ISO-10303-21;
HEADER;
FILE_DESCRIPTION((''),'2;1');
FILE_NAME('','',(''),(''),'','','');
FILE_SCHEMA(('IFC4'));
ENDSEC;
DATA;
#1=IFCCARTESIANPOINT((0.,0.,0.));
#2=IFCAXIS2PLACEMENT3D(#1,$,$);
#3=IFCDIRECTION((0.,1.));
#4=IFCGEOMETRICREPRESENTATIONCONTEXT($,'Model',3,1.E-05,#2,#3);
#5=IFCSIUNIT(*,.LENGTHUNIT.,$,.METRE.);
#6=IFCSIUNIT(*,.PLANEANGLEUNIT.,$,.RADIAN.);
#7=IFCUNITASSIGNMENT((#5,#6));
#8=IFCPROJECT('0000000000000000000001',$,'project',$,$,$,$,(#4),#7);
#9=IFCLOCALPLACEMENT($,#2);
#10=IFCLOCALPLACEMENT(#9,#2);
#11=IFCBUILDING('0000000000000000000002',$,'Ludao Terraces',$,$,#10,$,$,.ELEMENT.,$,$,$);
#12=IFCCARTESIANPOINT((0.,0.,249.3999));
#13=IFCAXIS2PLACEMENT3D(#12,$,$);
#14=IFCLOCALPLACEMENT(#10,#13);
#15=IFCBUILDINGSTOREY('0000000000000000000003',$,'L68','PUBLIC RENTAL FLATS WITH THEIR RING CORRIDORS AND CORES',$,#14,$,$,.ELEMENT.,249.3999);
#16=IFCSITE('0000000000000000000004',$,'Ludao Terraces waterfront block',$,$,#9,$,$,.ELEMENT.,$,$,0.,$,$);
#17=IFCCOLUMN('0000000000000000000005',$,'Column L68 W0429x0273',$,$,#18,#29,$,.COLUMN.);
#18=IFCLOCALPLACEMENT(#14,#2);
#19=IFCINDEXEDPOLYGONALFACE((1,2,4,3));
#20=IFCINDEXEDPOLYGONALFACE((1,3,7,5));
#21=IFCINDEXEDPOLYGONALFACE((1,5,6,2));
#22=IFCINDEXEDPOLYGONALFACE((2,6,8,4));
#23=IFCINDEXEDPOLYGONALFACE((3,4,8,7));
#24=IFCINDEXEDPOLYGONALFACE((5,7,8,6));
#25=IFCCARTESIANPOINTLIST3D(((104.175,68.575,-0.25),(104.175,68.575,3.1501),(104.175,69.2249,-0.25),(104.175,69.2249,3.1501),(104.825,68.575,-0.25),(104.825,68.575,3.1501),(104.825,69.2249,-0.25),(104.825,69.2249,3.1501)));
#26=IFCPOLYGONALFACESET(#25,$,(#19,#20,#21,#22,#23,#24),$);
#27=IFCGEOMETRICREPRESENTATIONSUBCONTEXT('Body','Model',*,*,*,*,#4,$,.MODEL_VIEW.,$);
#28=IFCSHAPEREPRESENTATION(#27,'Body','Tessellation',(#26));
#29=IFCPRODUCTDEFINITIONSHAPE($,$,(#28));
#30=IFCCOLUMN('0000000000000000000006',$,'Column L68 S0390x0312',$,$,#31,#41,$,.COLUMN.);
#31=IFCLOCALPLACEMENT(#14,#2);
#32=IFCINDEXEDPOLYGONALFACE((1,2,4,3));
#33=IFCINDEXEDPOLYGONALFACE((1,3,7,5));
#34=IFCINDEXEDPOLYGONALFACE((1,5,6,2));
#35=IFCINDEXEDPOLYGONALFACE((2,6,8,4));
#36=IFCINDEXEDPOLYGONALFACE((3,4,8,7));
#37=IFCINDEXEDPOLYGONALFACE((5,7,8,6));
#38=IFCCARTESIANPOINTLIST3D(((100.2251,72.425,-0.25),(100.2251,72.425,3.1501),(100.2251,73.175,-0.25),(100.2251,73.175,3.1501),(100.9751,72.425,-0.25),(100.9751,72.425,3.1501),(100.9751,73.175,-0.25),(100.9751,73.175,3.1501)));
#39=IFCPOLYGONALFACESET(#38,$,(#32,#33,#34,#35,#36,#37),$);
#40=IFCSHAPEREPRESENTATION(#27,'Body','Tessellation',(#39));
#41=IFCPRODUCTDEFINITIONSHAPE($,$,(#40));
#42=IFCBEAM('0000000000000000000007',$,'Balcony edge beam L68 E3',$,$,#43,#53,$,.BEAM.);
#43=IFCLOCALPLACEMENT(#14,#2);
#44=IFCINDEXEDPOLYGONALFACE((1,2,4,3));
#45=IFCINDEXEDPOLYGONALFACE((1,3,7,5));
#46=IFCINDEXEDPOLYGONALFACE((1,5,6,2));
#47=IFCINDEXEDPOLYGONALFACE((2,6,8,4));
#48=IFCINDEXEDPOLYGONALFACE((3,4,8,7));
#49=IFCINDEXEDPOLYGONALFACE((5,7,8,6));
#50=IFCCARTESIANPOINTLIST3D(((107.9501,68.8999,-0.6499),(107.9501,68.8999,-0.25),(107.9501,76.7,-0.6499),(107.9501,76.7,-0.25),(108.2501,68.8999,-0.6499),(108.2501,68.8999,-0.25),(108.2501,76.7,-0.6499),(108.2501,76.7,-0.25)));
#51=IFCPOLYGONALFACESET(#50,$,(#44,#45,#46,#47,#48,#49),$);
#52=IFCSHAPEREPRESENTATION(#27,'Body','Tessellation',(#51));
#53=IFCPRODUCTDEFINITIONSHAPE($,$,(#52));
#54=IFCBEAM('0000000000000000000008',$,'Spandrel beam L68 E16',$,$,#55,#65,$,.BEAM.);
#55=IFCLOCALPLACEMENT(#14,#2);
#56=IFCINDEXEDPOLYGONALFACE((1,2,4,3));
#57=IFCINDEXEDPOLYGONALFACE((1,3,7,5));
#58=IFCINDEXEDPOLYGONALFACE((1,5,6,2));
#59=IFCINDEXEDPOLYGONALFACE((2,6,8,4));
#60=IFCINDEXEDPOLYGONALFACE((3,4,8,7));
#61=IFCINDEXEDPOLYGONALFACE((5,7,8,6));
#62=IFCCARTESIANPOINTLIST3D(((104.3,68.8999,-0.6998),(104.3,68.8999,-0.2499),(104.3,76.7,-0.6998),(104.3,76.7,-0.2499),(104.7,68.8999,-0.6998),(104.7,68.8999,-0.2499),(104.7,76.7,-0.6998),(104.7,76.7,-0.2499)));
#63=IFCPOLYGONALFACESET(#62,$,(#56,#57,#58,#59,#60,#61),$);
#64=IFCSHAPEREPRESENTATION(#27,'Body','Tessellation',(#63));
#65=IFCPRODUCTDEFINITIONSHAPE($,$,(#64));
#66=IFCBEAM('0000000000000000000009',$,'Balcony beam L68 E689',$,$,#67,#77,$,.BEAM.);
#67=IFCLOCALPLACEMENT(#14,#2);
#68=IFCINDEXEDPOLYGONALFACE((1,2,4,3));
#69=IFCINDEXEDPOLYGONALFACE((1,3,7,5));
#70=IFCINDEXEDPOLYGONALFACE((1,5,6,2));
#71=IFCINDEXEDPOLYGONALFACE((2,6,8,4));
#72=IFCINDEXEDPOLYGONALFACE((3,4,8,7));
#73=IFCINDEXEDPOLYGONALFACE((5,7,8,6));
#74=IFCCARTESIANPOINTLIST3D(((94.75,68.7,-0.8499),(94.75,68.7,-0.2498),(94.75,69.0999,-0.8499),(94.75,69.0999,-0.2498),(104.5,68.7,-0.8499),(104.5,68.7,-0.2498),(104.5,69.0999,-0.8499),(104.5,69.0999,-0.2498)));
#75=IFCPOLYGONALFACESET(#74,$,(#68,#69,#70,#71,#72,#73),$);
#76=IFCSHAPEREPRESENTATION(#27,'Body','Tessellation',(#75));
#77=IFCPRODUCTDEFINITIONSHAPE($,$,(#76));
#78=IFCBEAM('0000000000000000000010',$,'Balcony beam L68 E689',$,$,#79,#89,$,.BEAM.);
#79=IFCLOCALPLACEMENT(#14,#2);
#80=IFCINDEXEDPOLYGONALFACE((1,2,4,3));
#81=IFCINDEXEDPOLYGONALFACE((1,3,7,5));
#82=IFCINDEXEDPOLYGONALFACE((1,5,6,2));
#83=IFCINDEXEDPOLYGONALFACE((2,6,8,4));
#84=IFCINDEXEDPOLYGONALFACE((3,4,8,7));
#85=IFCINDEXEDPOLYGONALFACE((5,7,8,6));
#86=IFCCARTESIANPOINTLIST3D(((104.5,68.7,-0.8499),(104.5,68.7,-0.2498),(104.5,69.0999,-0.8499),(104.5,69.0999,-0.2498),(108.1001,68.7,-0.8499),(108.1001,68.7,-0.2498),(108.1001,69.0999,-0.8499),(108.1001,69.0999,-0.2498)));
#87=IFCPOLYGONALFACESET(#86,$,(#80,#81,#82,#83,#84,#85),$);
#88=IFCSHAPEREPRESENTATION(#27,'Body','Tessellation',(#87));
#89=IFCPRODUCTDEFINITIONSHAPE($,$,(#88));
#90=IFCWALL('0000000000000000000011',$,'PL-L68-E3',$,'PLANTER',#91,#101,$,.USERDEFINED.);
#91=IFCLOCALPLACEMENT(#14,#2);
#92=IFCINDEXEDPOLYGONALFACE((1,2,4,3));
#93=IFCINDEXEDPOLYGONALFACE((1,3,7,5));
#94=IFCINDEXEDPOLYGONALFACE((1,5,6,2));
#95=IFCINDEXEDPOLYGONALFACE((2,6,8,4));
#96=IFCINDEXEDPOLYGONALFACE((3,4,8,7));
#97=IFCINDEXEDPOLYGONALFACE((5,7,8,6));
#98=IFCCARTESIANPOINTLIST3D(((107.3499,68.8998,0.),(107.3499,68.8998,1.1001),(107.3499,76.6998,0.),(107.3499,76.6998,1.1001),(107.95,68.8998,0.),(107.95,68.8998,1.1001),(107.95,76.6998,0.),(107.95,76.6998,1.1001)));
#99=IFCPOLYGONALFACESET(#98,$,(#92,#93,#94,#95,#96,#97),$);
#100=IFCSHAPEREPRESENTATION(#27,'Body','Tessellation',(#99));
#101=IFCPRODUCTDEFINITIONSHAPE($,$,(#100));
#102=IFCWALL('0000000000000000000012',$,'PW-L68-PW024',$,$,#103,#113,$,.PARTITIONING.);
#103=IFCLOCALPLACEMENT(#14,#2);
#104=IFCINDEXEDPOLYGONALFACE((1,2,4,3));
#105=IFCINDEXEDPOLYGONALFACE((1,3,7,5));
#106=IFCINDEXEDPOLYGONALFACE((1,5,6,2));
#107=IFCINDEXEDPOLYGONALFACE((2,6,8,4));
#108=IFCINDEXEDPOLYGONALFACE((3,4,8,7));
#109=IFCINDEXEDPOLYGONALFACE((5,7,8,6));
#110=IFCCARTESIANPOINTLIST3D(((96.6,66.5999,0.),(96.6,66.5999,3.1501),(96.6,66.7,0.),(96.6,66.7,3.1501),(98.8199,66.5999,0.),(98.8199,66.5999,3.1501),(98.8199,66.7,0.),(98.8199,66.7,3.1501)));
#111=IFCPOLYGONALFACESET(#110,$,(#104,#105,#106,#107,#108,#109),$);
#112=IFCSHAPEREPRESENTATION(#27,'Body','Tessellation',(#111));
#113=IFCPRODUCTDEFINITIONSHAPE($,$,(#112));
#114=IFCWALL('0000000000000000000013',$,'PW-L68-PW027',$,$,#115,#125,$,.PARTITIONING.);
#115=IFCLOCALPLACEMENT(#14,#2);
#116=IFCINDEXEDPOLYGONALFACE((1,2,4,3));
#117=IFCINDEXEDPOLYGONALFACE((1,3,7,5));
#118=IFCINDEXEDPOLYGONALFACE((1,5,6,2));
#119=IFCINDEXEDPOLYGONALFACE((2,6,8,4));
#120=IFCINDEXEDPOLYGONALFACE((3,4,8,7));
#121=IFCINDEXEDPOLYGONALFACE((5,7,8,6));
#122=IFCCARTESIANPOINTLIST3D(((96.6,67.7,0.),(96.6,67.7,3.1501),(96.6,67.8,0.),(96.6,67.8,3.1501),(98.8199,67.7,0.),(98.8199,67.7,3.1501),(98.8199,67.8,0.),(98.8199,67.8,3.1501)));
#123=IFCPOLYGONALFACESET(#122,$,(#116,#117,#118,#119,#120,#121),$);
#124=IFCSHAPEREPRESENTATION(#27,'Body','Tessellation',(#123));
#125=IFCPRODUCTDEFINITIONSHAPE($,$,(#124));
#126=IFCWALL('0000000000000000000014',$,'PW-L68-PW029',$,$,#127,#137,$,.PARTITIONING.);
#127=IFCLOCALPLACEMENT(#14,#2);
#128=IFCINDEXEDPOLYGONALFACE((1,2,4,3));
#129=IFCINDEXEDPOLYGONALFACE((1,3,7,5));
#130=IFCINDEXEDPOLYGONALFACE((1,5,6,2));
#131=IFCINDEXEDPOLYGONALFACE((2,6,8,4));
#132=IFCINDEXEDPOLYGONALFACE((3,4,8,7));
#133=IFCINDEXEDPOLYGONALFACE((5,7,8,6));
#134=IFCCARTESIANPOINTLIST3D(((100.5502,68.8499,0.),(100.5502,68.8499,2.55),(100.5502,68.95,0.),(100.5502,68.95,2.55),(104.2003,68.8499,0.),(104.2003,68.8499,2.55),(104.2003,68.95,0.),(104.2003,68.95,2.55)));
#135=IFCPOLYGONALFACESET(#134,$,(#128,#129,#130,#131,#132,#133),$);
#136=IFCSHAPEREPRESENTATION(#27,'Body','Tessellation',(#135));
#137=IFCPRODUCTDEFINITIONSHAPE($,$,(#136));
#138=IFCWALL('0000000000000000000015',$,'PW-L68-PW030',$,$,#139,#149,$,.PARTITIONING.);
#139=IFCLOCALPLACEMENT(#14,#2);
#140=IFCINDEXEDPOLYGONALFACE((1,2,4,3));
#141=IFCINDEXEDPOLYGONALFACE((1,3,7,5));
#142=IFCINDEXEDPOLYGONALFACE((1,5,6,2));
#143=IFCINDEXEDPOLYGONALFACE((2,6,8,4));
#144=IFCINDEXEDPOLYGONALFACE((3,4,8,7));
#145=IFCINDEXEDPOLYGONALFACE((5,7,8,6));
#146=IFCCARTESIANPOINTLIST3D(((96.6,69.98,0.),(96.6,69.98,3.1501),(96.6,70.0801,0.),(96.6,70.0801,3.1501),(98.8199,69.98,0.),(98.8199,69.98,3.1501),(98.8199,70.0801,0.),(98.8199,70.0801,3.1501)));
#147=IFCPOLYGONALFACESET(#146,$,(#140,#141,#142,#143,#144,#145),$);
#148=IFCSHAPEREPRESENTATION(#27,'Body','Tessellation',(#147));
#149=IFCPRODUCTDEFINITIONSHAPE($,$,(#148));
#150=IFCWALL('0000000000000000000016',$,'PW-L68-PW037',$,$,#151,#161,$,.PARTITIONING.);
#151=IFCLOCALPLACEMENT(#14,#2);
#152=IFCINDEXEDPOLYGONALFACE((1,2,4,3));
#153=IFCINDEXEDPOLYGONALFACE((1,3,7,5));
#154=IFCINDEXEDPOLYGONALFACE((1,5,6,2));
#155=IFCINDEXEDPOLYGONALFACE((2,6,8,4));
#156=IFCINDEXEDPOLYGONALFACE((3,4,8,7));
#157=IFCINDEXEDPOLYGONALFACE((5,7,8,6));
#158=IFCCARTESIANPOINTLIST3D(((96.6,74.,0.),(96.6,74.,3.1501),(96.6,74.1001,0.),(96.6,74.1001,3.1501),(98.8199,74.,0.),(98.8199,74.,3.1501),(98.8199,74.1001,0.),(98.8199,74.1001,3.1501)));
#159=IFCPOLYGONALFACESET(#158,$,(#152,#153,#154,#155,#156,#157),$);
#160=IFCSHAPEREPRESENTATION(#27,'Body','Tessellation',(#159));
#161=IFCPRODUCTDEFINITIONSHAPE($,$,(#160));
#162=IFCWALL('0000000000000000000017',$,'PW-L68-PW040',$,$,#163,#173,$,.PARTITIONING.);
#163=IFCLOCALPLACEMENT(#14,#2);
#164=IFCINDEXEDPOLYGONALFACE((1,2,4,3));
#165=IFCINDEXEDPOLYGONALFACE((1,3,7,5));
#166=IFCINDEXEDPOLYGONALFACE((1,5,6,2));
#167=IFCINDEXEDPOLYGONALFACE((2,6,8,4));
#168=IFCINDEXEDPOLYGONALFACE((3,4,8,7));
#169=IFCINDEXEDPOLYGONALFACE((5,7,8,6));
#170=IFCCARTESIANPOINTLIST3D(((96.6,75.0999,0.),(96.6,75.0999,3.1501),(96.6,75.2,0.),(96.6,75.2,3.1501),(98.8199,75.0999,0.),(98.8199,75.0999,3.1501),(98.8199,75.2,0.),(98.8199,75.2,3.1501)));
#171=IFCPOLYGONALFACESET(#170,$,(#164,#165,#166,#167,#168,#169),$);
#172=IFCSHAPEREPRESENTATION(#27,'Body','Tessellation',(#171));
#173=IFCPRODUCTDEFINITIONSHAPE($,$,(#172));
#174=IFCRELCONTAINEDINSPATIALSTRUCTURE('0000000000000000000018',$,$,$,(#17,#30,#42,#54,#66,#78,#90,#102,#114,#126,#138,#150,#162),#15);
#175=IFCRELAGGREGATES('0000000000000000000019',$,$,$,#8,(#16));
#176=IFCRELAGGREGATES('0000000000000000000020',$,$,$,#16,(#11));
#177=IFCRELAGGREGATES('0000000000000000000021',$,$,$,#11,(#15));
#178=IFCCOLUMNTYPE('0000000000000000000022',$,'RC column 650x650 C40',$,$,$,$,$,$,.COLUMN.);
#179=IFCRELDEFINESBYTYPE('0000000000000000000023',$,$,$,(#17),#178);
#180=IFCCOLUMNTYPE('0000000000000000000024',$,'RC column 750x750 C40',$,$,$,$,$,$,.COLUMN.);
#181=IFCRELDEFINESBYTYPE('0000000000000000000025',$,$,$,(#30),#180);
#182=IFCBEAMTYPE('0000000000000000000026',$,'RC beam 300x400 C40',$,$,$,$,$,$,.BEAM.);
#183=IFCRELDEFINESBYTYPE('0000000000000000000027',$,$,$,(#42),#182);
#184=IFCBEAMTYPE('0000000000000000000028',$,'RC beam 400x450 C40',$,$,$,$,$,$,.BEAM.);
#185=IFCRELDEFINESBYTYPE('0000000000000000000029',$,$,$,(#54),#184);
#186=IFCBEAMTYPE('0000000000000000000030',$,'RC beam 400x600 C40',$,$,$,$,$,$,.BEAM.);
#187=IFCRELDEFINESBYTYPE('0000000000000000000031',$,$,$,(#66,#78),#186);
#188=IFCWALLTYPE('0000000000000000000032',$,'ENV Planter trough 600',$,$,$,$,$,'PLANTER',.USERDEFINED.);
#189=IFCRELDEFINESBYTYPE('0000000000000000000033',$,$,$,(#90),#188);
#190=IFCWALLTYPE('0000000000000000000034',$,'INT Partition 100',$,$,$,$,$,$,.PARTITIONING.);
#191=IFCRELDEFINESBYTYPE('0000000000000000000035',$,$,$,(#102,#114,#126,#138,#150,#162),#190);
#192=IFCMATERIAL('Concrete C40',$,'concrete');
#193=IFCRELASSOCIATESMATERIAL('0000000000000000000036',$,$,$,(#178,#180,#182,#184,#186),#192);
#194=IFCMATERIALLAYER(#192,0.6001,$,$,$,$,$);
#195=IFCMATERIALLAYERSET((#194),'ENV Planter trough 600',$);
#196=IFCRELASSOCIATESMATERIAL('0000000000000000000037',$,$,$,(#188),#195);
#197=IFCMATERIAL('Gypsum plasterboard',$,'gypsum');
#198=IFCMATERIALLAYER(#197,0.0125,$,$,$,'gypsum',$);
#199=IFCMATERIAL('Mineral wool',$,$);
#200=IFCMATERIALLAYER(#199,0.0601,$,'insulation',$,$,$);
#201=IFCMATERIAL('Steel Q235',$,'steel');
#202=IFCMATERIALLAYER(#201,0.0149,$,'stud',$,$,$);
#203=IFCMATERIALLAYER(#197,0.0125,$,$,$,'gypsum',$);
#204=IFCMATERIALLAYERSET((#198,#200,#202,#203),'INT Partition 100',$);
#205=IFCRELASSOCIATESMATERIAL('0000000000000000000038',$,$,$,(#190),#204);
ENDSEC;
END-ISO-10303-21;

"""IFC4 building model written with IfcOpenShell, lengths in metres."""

from ifc_helpers import new_model, si_unit, direction, frame, frame_2d, origin, origin_2d, place, context, subcontext, project, spatial, rectangle, extrude, material, layer, layer_set, material_profile, profile_set, type_object, element, save


model = new_model("IFC4")

# Units and contexts
model_context = context("Model", 3, precision=1e-05, world=origin(), true_north=direction((0.0, 1.0)))
body_context = subcontext(model_context, "Body", "Model", "MODEL_VIEW")
ifc_project = project(units=[si_unit("LENGTHUNIT", "METRE"), si_unit("PLANEANGLEUNIT", "RADIAN")], contexts=[model_context])

# Site, building, storey
site_placement = place(None, origin())
site = spatial("IfcSite", under=ifc_project, at=site_placement, Name="Ludao Terraces waterfront block", CompositionType="ELEMENT", RefElevation=0.0)
building_placement = place(site_placement, origin())
building = spatial("IfcBuilding", under=site, at=building_placement, Name="Ludao Terraces", CompositionType="ELEMENT")
storey_placement = place(building_placement, frame((0.0, 0.0, 249.3999)))
storey = spatial("IfcBuildingStorey", under=building, at=storey_placement, Name="L68", Description="PUBLIC RENTAL FLATS WITH THEIR RING CORRIDORS AND CORES", CompositionType="ELEMENT", Elevation=249.3999)

# Columns
ifc_material_1 = material(Name="Concrete C40", Category="concrete")
ifc_material_profile_1 = material_profile(ifc_material_1, rectangle(XDim=0.6499, YDim=0.6499, at=origin_2d()), Name="650 X 650")
ifc_profile_set_1 = profile_set([ifc_material_profile_1], Name="Concrete C40")
column_type_1 = type_object("IfcColumnType", Name="RC column 650x650 C40", PredefinedType="COLUMN", material=ifc_profile_set_1)
column_1_placement = place(storey_placement, frame((104.5, 68.8999, -0.25), z_axis=(0.0, 0.0, 1.0), x_axis=(1.0, 0.0, 0.0)))
element("IfcColumn", 1, at=column_1_placement, inside=storey, type_object=column_type_1, Name="Column L68 W0429x0273", PredefinedType="COLUMN", context=body_context, shape_type="SweptSolid", body=[
    extrude(rectangle(XDim=0.6499, YDim=0.6499, at=origin_2d()), origin(), (0.0, 0.0, 1.0), 3.4001),
])
ifc_material_profile_2 = material_profile(ifc_material_1, rectangle(XDim=0.75, YDim=0.75, at=origin_2d()), Name="750 X 750")
ifc_profile_set_2 = profile_set([ifc_material_profile_2], Name="Concrete C40")
column_type_2 = type_object("IfcColumnType", Name="RC column 750x750 C40", PredefinedType="COLUMN", material=ifc_profile_set_2)
column_2_placement = place(storey_placement, frame((100.6001, 72.8, -0.25), z_axis=(0.0, 0.0, 1.0), x_axis=(1.0, 0.0, 0.0)))
element("IfcColumn", 2, at=column_2_placement, inside=storey, type_object=column_type_2, Name="Column L68 S0390x0312", PredefinedType="COLUMN", context=body_context, shape_type="SweptSolid", body=[
    extrude(rectangle(XDim=0.75, YDim=0.75, at=origin_2d()), origin(), (0.0, 0.0, 1.0), 3.4001),
])

# Beams
ifc_material_profile_3 = material_profile(ifc_material_1, rectangle(XDim=0.3, YDim=0.3999, at=origin_2d()), Name="300 X 400")
ifc_profile_set_3 = profile_set([ifc_material_profile_3], Name="Concrete C40")
beam_type_1 = type_object("IfcBeamType", Name="RC beam 300x400 C40", PredefinedType="BEAM", material=ifc_profile_set_3)
beam_1_placement = place(storey_placement, frame((108.1001, 68.8999, -0.45), z_axis=(0.0, 1.0, 0.0), x_axis=(-1.0, 0.0, 0.0)))
element("IfcBeam", 3, at=beam_1_placement, inside=storey, type_object=beam_type_1, Name="Balcony edge beam L68 E3", PredefinedType="BEAM", context=body_context, shape_type="SweptSolid", body=[
    extrude(rectangle(XDim=0.3, YDim=0.3999, at=origin_2d()), origin(), (0.0, 0.0, 1.0), 7.8),
])
ifc_material_profile_4 = material_profile(ifc_material_1, rectangle(XDim=0.3999, YDim=0.45, at=origin_2d()), Name="400 X 450")
ifc_profile_set_4 = profile_set([ifc_material_profile_4], Name="Concrete C40")
beam_type_2 = type_object("IfcBeamType", Name="RC beam 400x450 C40", PredefinedType="BEAM", material=ifc_profile_set_4)
beam_2_placement = place(storey_placement, frame((104.5, 68.8999, -0.4749), z_axis=(0.0, 1.0, 0.0), x_axis=(-1.0, 0.0, 0.0)))
element("IfcBeam", 4, at=beam_2_placement, inside=storey, type_object=beam_type_2, Name="Spandrel beam L68 E16", PredefinedType="BEAM", context=body_context, shape_type="SweptSolid", body=[
    extrude(rectangle(XDim=0.3999, YDim=0.45, at=origin_2d()), origin(), (0.0, 0.0, 1.0), 7.8),
])
ifc_material_profile_5 = material_profile(ifc_material_1, rectangle(XDim=0.3999, YDim=0.6001, at=origin_2d()), Name="400 X 600")
ifc_profile_set_5 = profile_set([ifc_material_profile_5], Name="Concrete C40")
beam_type_3 = type_object("IfcBeamType", Name="RC beam 400x600 C40", PredefinedType="BEAM", material=ifc_profile_set_5)
beam_3_placement = place(storey_placement, frame((94.75, 68.8999, -0.5498), z_axis=(1.0, 0.0, 0.0), x_axis=(0.0, 1.0, 0.0)))
element("IfcBeam", 5, at=beam_3_placement, inside=storey, type_object=beam_type_3, Name="Balcony beam L68 E689", PredefinedType="BEAM", context=body_context, shape_type="SweptSolid", body=[
    extrude(rectangle(XDim=0.3999, YDim=0.6001, at=origin_2d()), origin(), (0.0, 0.0, 1.0), 9.75),
])
beam_4_placement = place(storey_placement, frame((104.5, 68.8999, -0.5498), z_axis=(1.0, 0.0, 0.0), x_axis=(0.0, 1.0, 0.0)))
element("IfcBeam", 6, at=beam_4_placement, inside=storey, type_object=beam_type_3, Name="Balcony beam L68 E689", PredefinedType="BEAM", context=body_context, shape_type="SweptSolid", body=[
    extrude(rectangle(XDim=0.3999, YDim=0.6001, at=origin_2d()), origin(), (0.0, 0.0, 1.0), 3.6001),
])

# Wall
ifc_layer_1 = layer(ifc_material_1, 0.6001)
ifc_layer_set_1 = layer_set([ifc_layer_1], Name="ENV Planter trough 600")
wall_type_1 = type_object("IfcWallType", Name="ENV Planter trough 600", ElementType="PLANTER", PredefinedType="USERDEFINED", material=ifc_layer_set_1)
wall_1_placement = place(storey_placement, frame((107.6499, 68.8999, 0.0), z_axis=(0.0, 0.0, 1.0), x_axis=(0.0, 1.0, 0.0)))
element("IfcWall", 7, at=wall_1_placement, inside=storey, type_object=wall_type_1, Name="PL-L68-E3", ObjectType="PLANTER", PredefinedType="USERDEFINED", context=body_context, shape_type="SweptSolid", body=[
    extrude(rectangle(XDim=7.8, YDim=0.6001, at=frame_2d((3.8999, 0.0))), origin(), (0.0, 0.0, 1.0), 1.1001),
])

# Shared definitions
ifc_material_2 = material(Name="Mineral wool")

# Walls
ifc_material_3 = material(Name="Gypsum plasterboard", Category="gypsum")
ifc_layer_2 = layer(ifc_material_3, 0.0125, Category="gypsum")
ifc_layer_3 = layer(ifc_material_2, 0.0601, Name="insulation")
ifc_material_4 = material(Name="Steel Q235", Category="steel")
ifc_layer_4 = layer(ifc_material_4, 0.0149, Name="stud")
ifc_layer_5 = layer(ifc_material_3, 0.0125, Category="gypsum")
ifc_layer_set_2 = layer_set([ifc_layer_2, ifc_layer_3, ifc_layer_4, ifc_layer_5], Name="INT Partition 100")
wall_type_2 = type_object("IfcWallType", Name="INT Partition 100", PredefinedType="PARTITIONING", material=ifc_layer_set_2)
for number, where, z_axis, x_axis, name in (
    (8, (96.6001, 66.6499, 0.0), (0.0, 0.0, 1.0), (1.0, 0.0, 0.0), "PW-L68-PW024"),
    (9, (96.6001, 67.75, 0.0), (0.0, 0.0, 1.0), (1.0, 0.0, 0.0), "PW-L68-PW027"),
):
    element("IfcWall", number, at=place(storey_placement, frame(where, z_axis=z_axis, x_axis=x_axis)), inside=storey, type_object=wall_type_2, Name=name, PredefinedType="PARTITIONING", context=body_context, shape_type="SweptSolid", body=[
        extrude(rectangle(XDim=2.22, YDim=0.1001, at=frame_2d((1.1099, 0.0))), origin(), (0.0, 0.0, 1.0), 3.1501),
    ])
wall_2_placement = place(storey_placement, frame((100.55, 68.8999, 0.0), z_axis=(0.0, 0.0, 1.0), x_axis=(1.0, 0.0, 0.0)))
element("IfcWall", 10, at=wall_2_placement, inside=storey, type_object=wall_type_2, Name="PW-L68-PW029", PredefinedType="PARTITIONING", context=body_context, shape_type="SweptSolid", body=[
    extrude(rectangle(XDim=3.6501, YDim=0.1001, at=frame_2d((1.8252, 0.0))), origin(), (0.0, 0.0, 1.0), 2.55),
])
for number, where, z_axis, x_axis, name in (
    (11, (96.6001, 70.03, 0.0), (0.0, 0.0, 1.0), (1.0, 0.0, 0.0), "PW-L68-PW030"),
    (12, (96.6001, 74.05, 0.0), (0.0, 0.0, 1.0), (1.0, 0.0, 0.0), "PW-L68-PW037"),
    (13, (96.6001, 75.1499, 0.0), (0.0, 0.0, 1.0), (1.0, 0.0, 0.0), "PW-L68-PW040"),
):
    element("IfcWall", number, at=place(storey_placement, frame(where, z_axis=z_axis, x_axis=x_axis)), inside=storey, type_object=wall_type_2, Name=name, PredefinedType="PARTITIONING", context=body_context, shape_type="SweptSolid", body=[
        extrude(rectangle(XDim=2.22, YDim=0.1001, at=frame_2d((1.1099, 0.0))), origin(), (0.0, 0.0, 1.0), 3.1501),
    ])

save(model, "model.ifc")
